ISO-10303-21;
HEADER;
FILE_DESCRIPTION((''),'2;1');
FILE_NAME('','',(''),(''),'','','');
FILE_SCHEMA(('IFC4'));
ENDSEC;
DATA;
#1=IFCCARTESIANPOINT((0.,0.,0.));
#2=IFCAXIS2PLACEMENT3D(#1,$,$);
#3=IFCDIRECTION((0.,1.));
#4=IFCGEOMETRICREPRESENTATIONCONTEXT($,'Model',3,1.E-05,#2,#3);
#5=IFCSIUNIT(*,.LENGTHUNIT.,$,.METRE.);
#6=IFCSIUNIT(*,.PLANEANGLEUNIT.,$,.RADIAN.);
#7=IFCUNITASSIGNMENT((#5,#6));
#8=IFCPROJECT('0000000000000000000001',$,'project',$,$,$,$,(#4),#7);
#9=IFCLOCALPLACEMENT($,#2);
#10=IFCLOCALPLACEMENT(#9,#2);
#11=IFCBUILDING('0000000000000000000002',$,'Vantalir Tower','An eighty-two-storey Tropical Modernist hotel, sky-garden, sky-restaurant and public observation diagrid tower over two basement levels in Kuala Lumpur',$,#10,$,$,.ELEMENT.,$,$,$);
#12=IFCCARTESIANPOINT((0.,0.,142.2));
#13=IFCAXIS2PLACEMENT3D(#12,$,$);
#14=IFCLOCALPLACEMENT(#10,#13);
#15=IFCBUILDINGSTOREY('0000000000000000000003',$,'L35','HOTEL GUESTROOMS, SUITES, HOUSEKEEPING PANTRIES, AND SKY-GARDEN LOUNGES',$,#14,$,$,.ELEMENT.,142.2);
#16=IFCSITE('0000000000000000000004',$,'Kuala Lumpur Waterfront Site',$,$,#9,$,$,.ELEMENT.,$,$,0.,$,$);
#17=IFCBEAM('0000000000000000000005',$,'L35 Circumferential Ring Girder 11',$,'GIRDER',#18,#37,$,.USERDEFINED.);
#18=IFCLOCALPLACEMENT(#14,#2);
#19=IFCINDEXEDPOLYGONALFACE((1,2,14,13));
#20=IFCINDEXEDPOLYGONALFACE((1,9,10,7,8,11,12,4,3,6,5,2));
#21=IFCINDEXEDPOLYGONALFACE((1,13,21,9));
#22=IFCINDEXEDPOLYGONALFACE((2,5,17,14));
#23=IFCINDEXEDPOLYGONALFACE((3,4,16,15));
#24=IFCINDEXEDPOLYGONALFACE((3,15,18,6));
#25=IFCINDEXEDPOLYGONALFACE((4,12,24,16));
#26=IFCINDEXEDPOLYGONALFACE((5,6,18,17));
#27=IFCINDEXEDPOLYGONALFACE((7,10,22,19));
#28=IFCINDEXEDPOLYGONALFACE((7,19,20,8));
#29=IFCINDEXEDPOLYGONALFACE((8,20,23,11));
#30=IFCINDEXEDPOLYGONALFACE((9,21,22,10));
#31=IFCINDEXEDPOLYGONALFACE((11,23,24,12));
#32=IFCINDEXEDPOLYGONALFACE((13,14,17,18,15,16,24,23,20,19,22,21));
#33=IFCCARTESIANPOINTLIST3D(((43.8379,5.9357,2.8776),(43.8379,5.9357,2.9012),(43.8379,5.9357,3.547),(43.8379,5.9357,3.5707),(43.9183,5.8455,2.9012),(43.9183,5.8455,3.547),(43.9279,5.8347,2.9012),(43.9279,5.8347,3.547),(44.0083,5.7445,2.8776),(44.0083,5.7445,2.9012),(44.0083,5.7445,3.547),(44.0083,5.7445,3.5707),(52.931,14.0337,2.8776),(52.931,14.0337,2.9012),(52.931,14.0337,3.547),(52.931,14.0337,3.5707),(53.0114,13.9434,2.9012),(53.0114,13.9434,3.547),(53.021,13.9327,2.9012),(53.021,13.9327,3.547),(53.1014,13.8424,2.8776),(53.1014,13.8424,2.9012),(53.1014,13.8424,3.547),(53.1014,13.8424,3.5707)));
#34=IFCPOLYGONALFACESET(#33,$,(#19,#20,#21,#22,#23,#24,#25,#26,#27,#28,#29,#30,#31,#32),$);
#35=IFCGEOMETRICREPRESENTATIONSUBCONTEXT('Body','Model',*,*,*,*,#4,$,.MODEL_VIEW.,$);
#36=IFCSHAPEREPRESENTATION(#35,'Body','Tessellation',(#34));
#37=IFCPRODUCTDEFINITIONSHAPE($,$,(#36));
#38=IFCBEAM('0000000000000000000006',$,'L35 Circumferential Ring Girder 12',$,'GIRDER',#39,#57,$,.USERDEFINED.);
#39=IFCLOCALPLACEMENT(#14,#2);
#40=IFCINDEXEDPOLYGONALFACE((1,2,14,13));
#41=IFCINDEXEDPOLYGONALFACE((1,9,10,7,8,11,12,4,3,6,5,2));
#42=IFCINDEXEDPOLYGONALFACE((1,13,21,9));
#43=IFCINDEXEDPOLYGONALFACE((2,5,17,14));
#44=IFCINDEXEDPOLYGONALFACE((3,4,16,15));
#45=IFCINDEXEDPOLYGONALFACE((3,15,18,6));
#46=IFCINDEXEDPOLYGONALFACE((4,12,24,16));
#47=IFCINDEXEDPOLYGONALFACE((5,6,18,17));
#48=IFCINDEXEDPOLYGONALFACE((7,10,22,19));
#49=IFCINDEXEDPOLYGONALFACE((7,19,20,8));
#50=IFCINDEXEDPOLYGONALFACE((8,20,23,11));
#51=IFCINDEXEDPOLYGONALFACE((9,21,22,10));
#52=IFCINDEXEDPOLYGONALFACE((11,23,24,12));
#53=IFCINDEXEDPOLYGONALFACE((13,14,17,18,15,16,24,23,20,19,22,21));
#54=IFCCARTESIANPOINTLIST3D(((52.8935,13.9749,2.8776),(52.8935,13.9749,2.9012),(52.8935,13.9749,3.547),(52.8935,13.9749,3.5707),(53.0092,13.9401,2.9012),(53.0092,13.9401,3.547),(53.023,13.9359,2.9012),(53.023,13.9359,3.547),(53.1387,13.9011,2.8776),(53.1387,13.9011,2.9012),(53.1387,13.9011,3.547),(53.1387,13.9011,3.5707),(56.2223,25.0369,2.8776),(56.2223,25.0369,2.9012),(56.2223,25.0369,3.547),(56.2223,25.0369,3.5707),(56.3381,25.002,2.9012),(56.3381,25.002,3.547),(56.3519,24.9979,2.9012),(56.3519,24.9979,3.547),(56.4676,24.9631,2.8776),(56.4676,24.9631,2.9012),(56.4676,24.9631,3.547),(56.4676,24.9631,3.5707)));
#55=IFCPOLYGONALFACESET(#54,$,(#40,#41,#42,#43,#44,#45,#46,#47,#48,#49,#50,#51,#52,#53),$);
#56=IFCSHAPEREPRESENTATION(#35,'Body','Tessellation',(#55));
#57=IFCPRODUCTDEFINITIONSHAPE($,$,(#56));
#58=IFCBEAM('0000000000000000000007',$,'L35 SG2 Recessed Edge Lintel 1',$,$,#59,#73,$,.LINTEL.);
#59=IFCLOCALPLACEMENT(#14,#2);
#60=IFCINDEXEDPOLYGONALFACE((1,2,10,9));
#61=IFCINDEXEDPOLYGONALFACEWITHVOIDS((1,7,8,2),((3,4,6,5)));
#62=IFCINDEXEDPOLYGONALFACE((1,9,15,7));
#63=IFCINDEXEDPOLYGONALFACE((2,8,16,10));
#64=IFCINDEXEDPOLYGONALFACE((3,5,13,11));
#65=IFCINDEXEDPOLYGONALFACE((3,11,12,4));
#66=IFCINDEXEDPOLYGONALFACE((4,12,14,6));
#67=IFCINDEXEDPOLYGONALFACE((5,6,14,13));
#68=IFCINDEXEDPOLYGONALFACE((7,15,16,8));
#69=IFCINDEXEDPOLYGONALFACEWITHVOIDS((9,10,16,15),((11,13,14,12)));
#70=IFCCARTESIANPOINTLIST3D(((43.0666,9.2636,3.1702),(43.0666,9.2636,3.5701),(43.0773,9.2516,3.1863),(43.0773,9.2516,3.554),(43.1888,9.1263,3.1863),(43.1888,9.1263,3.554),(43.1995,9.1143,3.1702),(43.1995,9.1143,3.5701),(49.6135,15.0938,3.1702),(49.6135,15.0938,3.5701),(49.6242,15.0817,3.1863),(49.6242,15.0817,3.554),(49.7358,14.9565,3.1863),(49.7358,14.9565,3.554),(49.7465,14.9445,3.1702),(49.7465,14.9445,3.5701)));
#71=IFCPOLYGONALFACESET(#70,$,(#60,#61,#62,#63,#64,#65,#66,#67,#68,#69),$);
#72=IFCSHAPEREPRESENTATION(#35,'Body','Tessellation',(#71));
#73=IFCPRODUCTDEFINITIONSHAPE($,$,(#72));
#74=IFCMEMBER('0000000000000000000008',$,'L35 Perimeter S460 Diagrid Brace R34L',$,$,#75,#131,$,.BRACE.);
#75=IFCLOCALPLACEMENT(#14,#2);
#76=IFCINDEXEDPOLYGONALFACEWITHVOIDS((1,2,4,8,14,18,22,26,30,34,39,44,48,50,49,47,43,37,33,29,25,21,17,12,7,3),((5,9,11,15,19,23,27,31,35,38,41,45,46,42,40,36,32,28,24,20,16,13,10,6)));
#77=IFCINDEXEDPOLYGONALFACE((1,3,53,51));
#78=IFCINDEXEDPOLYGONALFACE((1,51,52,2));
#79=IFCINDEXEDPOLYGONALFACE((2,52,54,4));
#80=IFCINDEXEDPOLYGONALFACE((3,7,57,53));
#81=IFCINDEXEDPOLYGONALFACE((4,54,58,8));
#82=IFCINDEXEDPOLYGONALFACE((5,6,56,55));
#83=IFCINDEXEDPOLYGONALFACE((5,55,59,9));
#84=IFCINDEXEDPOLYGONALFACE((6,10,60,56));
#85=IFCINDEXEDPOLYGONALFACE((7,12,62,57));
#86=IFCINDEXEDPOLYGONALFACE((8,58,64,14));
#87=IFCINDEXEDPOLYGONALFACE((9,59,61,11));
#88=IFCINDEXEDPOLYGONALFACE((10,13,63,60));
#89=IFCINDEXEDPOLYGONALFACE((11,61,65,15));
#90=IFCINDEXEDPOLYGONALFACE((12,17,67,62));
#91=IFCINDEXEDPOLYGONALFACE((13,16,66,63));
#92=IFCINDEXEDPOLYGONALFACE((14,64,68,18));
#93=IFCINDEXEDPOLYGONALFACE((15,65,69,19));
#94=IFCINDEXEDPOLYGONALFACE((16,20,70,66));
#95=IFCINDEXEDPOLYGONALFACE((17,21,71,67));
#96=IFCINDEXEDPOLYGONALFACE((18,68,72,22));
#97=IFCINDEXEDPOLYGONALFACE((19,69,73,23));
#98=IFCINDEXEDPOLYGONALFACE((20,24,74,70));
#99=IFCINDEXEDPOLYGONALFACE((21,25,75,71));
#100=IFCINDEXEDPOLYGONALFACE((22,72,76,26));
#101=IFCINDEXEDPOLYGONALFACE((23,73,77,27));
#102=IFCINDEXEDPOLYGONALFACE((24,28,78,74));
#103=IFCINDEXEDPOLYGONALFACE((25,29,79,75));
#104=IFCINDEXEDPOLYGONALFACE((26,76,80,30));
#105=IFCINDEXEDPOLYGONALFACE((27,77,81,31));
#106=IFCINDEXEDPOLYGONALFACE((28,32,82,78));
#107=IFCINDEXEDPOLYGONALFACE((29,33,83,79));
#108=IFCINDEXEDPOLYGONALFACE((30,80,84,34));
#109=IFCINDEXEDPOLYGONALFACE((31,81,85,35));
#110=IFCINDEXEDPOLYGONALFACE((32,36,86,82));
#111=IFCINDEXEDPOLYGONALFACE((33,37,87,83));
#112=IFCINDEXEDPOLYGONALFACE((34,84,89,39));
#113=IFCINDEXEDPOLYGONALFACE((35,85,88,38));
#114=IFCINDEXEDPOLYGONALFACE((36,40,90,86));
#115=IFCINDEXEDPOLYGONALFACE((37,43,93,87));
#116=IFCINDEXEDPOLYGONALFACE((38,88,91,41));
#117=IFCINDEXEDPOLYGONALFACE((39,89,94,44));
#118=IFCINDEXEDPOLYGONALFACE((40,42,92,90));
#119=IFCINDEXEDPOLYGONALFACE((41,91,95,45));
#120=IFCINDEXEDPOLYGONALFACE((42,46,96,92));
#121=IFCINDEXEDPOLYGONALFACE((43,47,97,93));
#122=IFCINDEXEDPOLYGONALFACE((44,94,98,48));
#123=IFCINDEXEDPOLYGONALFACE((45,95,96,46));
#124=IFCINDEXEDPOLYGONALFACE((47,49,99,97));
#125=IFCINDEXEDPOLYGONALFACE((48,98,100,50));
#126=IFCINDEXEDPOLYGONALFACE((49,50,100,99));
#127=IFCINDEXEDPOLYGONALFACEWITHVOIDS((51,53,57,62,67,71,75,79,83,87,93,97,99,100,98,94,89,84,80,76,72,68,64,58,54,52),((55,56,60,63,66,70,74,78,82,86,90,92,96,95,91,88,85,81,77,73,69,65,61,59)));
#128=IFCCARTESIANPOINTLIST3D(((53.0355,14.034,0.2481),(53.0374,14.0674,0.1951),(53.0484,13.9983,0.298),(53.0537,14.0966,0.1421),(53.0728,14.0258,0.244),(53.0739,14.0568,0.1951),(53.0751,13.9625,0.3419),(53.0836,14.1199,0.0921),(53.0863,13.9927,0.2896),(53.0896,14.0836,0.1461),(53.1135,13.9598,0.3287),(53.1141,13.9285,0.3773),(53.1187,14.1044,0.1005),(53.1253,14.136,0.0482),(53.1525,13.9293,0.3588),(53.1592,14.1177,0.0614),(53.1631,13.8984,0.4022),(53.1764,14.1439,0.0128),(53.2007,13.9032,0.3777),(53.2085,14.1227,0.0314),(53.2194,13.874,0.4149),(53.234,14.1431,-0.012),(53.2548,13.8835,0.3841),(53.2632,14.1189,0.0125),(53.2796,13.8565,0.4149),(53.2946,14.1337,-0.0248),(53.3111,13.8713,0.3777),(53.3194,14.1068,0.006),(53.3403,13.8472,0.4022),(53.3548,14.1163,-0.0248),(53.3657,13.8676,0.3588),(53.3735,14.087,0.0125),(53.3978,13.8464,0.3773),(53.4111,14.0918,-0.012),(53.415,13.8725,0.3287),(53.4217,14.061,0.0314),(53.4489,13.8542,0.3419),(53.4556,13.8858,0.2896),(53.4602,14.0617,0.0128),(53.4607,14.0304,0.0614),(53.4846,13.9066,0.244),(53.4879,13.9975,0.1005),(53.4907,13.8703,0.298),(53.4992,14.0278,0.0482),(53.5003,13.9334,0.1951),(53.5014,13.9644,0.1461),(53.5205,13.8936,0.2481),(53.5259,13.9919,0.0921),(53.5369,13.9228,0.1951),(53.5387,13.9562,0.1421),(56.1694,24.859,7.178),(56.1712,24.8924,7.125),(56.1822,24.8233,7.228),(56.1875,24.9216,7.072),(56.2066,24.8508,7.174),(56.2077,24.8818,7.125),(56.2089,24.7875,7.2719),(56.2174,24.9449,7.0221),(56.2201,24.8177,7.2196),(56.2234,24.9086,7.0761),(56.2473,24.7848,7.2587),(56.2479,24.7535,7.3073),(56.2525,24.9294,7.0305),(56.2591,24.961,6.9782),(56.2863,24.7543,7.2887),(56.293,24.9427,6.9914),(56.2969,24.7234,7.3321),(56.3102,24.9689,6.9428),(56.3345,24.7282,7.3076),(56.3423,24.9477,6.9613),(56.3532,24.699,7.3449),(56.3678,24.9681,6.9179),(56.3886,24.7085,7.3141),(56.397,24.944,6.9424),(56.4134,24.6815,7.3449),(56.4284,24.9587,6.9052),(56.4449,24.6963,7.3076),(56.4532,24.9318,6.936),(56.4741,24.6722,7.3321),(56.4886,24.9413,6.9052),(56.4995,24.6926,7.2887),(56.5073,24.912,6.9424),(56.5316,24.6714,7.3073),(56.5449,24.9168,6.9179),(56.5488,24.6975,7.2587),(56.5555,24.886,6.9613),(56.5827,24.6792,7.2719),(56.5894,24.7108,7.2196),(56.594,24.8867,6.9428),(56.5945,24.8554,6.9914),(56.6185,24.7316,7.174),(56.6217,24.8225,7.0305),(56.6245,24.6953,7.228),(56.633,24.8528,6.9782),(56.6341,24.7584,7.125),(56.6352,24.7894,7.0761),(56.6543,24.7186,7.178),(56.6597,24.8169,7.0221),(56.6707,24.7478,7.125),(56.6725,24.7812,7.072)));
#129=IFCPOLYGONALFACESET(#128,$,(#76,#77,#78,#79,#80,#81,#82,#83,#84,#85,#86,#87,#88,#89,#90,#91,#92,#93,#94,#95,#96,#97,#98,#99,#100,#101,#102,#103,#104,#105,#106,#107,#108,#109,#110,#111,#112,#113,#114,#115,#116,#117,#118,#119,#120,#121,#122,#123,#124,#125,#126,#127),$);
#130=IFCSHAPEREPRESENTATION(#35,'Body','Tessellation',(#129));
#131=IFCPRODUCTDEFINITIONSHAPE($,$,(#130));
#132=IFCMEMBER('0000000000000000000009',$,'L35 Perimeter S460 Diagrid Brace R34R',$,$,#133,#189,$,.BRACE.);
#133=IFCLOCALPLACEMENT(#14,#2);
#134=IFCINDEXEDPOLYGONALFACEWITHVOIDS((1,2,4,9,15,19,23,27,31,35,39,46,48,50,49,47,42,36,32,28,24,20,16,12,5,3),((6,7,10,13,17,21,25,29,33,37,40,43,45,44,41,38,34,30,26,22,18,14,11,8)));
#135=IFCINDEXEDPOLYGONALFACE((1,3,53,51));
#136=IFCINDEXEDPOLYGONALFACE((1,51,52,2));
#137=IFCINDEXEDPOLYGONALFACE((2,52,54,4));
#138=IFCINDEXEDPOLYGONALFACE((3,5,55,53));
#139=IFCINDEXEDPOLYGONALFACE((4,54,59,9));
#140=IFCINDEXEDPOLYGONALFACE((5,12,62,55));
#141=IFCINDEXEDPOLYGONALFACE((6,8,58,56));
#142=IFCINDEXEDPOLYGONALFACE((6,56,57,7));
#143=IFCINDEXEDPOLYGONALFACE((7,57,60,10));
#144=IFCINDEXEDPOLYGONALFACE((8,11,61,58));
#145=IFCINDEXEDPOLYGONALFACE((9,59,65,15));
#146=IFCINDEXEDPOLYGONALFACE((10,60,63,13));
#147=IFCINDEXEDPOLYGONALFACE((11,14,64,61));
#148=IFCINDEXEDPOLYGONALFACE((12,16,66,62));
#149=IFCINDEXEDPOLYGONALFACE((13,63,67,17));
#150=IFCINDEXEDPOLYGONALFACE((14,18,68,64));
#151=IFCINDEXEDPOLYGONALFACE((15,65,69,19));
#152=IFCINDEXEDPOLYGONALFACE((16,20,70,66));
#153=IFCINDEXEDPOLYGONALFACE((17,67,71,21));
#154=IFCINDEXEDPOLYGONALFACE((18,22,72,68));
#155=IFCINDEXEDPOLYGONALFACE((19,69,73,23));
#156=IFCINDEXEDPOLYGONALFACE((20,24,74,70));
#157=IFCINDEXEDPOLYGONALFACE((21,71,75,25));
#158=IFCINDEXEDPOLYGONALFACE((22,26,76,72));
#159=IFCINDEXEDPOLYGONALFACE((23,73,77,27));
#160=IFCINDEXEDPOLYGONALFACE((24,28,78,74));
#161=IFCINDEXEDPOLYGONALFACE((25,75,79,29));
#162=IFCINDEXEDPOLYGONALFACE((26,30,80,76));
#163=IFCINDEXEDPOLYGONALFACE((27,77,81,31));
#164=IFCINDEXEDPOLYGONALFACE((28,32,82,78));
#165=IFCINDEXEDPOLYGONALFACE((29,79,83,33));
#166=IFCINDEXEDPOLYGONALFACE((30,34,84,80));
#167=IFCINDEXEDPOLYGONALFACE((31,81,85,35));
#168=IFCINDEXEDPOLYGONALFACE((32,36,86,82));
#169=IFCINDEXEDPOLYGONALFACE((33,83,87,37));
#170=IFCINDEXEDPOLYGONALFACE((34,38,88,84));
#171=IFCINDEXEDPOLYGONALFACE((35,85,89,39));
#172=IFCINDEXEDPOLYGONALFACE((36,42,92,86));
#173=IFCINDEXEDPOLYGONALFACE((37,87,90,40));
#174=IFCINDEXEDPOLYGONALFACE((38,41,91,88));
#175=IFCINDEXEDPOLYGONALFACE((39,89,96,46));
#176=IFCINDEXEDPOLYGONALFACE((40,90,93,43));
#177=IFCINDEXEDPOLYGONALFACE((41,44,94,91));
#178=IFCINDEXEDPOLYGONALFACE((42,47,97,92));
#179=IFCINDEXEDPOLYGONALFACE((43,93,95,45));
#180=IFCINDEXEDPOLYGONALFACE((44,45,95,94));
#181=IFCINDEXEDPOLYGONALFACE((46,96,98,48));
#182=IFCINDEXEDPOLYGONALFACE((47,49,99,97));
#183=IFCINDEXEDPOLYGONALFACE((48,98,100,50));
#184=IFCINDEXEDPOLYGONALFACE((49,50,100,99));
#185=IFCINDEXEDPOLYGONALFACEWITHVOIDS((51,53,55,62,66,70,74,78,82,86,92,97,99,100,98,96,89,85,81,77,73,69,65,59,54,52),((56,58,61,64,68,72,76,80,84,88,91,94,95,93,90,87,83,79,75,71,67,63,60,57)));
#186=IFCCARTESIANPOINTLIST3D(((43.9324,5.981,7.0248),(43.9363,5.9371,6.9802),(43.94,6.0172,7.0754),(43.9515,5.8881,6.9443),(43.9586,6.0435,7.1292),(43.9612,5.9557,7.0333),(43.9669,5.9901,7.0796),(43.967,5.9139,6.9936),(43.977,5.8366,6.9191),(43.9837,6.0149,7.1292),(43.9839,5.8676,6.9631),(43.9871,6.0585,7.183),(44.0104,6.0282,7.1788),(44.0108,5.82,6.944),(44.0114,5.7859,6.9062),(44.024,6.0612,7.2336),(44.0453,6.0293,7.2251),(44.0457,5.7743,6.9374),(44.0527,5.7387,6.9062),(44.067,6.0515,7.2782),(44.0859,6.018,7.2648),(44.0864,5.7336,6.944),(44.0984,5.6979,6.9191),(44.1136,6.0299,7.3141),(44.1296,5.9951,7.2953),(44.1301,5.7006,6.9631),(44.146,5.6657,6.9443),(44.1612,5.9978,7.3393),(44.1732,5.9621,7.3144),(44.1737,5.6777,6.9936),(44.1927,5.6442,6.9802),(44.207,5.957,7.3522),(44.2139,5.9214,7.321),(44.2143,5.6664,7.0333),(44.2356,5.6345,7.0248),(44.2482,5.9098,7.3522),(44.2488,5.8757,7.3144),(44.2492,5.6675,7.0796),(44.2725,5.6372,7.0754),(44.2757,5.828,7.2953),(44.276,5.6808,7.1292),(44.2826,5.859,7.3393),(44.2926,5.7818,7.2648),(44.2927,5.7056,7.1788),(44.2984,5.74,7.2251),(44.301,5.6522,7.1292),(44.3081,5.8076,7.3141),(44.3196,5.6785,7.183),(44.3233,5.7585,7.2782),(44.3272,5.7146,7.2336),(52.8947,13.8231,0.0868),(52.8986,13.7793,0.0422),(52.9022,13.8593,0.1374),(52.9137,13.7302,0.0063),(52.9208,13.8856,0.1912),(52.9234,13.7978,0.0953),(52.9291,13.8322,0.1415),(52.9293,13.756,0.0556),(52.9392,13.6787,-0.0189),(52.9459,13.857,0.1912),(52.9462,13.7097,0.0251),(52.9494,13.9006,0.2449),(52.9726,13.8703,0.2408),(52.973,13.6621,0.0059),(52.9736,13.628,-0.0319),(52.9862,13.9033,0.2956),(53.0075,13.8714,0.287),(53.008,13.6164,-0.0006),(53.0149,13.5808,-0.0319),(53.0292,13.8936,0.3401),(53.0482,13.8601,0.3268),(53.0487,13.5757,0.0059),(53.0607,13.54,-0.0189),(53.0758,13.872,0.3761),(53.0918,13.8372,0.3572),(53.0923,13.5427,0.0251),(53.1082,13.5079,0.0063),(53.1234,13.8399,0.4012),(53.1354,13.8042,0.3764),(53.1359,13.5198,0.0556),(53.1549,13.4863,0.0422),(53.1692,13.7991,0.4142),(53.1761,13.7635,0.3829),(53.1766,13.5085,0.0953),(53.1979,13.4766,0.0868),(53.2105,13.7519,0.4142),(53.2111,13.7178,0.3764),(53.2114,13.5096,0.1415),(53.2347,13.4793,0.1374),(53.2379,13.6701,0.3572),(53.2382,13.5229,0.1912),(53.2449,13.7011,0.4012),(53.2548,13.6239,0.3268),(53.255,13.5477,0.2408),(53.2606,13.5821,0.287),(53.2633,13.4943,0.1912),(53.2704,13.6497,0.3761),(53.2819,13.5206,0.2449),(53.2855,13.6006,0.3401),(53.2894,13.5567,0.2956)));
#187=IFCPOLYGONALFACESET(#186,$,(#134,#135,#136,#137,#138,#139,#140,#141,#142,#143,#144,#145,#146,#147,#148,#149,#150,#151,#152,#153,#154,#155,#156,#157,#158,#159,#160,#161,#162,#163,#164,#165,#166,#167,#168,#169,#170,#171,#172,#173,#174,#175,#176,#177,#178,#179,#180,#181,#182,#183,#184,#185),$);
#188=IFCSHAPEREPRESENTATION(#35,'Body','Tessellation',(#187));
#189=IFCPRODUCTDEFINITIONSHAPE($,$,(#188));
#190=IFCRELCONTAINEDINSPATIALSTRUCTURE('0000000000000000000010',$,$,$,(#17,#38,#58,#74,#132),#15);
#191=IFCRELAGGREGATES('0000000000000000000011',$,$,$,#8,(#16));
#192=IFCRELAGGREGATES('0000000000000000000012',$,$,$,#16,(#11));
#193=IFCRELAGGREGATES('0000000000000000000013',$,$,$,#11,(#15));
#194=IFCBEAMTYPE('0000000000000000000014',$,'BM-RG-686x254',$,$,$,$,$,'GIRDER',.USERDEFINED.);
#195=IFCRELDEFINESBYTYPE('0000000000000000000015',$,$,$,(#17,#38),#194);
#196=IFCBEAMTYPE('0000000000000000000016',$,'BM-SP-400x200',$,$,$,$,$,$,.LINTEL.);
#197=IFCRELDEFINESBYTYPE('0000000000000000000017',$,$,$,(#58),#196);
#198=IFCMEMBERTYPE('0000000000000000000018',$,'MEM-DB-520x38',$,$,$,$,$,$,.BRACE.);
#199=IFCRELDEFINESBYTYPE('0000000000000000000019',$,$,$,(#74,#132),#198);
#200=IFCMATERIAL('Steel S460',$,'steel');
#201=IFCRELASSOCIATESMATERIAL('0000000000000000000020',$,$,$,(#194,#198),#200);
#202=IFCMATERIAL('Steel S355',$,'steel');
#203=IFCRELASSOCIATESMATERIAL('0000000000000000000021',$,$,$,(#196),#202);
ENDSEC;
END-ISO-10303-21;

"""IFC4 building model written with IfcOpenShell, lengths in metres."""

from ifc_helpers import new_model, si_unit, direction, frame, origin, origin_2d, place, context, subcontext, project, spatial, hollow_rectangle, hollow_circle, i_section, extrude, material, material_profile, profile_set, type_object, element, save


model = new_model("IFC4")

# Units and contexts
model_context = context("Model", 3, precision=1e-05, world=origin(), true_north=direction((0.0, 1.0)))
body_context = subcontext(model_context, "Body", "Model", "MODEL_VIEW")
ifc_project = project(units=[si_unit("LENGTHUNIT", "METRE"), si_unit("PLANEANGLEUNIT", "RADIAN")], contexts=[model_context])

# Site, building, storey
site_placement = place(None, origin())
site = spatial("IfcSite", under=ifc_project, at=site_placement, Name="Kuala Lumpur Waterfront Site", CompositionType="ELEMENT", RefElevation=0.0)
building_placement = place(site_placement, origin())
building = spatial("IfcBuilding", under=site, at=building_placement, Name="Vantalir Tower", Description="An eighty-two-storey Tropical Modernist hotel, sky-garden, sky-restaurant and public observation diagrid tower over two basement levels in Kuala Lumpur", CompositionType="ELEMENT")
storey_placement = place(building_placement, frame((0.0, 0.0, 142.2)))
storey = spatial("IfcBuildingStorey", under=building, at=storey_placement, Name="L35", Description="HOTEL GUESTROOMS, SUITES, HOUSEKEEPING PANTRIES, AND SKY-GARDEN LOUNGES", CompositionType="ELEMENT", Elevation=142.2)

# Shared definitions
ifc_material_1 = material(Name="Steel S460", Category="steel")

# Beams
ifc_material_2 = material(Name="Steel S355", Category="steel")
ifc_material_profile_1 = material_profile(ifc_material_1, i_section(OverallWidth=0.2561, OverallDepth=0.6931, WebThickness=0.0144, FlangeThickness=0.0237, at=origin_2d()), Name="Steel S460")
ifc_profile_set_1 = profile_set([ifc_material_profile_1], Name="Steel S460")
beam_type_1 = type_object("IfcBeamType", Name="BM-RG-686x254", ElementType="GIRDER", PredefinedType="USERDEFINED", material=ifc_profile_set_1)
beam_1_placement = place(storey_placement, frame((43.9231, 5.8401, 3.2241), z_axis=(0.746788, 0.665062, 0.0), x_axis=(-0.665062, 0.746788, 0.0)))
element("IfcBeam", 1, at=beam_1_placement, inside=storey, type_object=beam_type_1, Name="L35 Circumferential Ring Girder 11", ObjectType="GIRDER", PredefinedType="USERDEFINED", context=body_context, shape_type="SweptSolid", body=[
    extrude(i_section(OverallWidth=0.2561, OverallDepth=0.6931, WebThickness=0.0144, FlangeThickness=0.0237, at=origin_2d()), origin(), (0.0, 0.0, 1.0), 12.1763),
])
beam_2_placement = place(storey_placement, frame((53.0161, 13.938, 3.2241), z_axis=(0.288162, 0.957582, 0.0), x_axis=(-0.957582, 0.288162, 0.0)))
element("IfcBeam", 2, at=beam_2_placement, inside=storey, type_object=beam_type_1, Name="L35 Circumferential Ring Girder 12", ObjectType="GIRDER", PredefinedType="USERDEFINED", context=body_context, shape_type="SweptSolid", body=[
    extrude(i_section(OverallWidth=0.2561, OverallDepth=0.6931, WebThickness=0.0144, FlangeThickness=0.0237, at=origin_2d()), origin(), (0.0, 0.0, 1.0), 11.552),
])
ifc_material_profile_2 = material_profile(ifc_material_2, hollow_rectangle(XDim=0.2, YDim=0.3999, WallThickness=0.0161, at=origin_2d()), Name="Steel S355")
ifc_profile_set_2 = profile_set([ifc_material_profile_2], Name="Steel S355")
beam_type_2 = type_object("IfcBeamType", Name="BM-SP-400x200", PredefinedType="LINTEL", material=ifc_profile_set_2)
beam_3_placement = place(storey_placement, frame((43.1331, 9.189, 3.3701), z_axis=(0.746807, 0.665041, 0.0), x_axis=(-0.665041, 0.746807, 0.0)))
element("IfcBeam", 3, at=beam_3_placement, inside=storey, type_object=beam_type_2, Name="L35 SG2 Recessed Edge Lintel 1", PredefinedType="LINTEL", context=body_context, shape_type="SweptSolid", body=[
    extrude(hollow_rectangle(XDim=0.2, YDim=0.3999, WallThickness=0.0161, at=origin_2d()), origin(), (0.0, 0.0, 1.0), 8.7666),
])

# Members
ifc_material_profile_3 = material_profile(ifc_material_1, hollow_circle(Radius=0.26, WallThickness=0.0381, at=origin_2d()), Name="Steel S460")
ifc_profile_set_3 = profile_set([ifc_material_profile_3], Name="Steel S460")
member_type = type_object("IfcMemberType", Name="MEM-DB-520x38", PredefinedType="BRACE", material=ifc_profile_set_3)
member_1_placement = place(storey_placement, frame((53.2871, 13.9951, 0.1951), z_axis=(0.236876, 0.818233, 0.523817), x_axis=(-0.960558, 0.278079, 0.0)))
element("IfcMember", 4, at=member_1_placement, inside=storey, type_object=member_type, Name="L35 Perimeter S460 Diagrid Brace R34L", PredefinedType="BRACE", context=body_context, shape_type="SweptSolid", body=[
    extrude(hollow_circle(Radius=0.26, WallThickness=0.0381, at=origin_2d()), origin(), (0.0, 0.0, 1.0), 13.2297),
])
member_2_placement = place(storey_placement, frame((53.092, 13.6899, 0.1912), z_axis=(-0.650263, -0.568991, 0.503396), x_axis=(0.658512, -0.75257, 0.0)))
element("IfcMember", 5, at=member_2_placement, inside=storey, type_object=member_type, Name="L35 Perimeter S460 Diagrid Brace R34R", PredefinedType="BRACE", context=body_context, shape_type="SweptSolid", body=[
    extrude(hollow_circle(Radius=0.26, WallThickness=0.0381, at=origin_2d()), origin(), (0.0, 0.0, 1.0), 13.7825),
])

save(model, "model.ifc")
